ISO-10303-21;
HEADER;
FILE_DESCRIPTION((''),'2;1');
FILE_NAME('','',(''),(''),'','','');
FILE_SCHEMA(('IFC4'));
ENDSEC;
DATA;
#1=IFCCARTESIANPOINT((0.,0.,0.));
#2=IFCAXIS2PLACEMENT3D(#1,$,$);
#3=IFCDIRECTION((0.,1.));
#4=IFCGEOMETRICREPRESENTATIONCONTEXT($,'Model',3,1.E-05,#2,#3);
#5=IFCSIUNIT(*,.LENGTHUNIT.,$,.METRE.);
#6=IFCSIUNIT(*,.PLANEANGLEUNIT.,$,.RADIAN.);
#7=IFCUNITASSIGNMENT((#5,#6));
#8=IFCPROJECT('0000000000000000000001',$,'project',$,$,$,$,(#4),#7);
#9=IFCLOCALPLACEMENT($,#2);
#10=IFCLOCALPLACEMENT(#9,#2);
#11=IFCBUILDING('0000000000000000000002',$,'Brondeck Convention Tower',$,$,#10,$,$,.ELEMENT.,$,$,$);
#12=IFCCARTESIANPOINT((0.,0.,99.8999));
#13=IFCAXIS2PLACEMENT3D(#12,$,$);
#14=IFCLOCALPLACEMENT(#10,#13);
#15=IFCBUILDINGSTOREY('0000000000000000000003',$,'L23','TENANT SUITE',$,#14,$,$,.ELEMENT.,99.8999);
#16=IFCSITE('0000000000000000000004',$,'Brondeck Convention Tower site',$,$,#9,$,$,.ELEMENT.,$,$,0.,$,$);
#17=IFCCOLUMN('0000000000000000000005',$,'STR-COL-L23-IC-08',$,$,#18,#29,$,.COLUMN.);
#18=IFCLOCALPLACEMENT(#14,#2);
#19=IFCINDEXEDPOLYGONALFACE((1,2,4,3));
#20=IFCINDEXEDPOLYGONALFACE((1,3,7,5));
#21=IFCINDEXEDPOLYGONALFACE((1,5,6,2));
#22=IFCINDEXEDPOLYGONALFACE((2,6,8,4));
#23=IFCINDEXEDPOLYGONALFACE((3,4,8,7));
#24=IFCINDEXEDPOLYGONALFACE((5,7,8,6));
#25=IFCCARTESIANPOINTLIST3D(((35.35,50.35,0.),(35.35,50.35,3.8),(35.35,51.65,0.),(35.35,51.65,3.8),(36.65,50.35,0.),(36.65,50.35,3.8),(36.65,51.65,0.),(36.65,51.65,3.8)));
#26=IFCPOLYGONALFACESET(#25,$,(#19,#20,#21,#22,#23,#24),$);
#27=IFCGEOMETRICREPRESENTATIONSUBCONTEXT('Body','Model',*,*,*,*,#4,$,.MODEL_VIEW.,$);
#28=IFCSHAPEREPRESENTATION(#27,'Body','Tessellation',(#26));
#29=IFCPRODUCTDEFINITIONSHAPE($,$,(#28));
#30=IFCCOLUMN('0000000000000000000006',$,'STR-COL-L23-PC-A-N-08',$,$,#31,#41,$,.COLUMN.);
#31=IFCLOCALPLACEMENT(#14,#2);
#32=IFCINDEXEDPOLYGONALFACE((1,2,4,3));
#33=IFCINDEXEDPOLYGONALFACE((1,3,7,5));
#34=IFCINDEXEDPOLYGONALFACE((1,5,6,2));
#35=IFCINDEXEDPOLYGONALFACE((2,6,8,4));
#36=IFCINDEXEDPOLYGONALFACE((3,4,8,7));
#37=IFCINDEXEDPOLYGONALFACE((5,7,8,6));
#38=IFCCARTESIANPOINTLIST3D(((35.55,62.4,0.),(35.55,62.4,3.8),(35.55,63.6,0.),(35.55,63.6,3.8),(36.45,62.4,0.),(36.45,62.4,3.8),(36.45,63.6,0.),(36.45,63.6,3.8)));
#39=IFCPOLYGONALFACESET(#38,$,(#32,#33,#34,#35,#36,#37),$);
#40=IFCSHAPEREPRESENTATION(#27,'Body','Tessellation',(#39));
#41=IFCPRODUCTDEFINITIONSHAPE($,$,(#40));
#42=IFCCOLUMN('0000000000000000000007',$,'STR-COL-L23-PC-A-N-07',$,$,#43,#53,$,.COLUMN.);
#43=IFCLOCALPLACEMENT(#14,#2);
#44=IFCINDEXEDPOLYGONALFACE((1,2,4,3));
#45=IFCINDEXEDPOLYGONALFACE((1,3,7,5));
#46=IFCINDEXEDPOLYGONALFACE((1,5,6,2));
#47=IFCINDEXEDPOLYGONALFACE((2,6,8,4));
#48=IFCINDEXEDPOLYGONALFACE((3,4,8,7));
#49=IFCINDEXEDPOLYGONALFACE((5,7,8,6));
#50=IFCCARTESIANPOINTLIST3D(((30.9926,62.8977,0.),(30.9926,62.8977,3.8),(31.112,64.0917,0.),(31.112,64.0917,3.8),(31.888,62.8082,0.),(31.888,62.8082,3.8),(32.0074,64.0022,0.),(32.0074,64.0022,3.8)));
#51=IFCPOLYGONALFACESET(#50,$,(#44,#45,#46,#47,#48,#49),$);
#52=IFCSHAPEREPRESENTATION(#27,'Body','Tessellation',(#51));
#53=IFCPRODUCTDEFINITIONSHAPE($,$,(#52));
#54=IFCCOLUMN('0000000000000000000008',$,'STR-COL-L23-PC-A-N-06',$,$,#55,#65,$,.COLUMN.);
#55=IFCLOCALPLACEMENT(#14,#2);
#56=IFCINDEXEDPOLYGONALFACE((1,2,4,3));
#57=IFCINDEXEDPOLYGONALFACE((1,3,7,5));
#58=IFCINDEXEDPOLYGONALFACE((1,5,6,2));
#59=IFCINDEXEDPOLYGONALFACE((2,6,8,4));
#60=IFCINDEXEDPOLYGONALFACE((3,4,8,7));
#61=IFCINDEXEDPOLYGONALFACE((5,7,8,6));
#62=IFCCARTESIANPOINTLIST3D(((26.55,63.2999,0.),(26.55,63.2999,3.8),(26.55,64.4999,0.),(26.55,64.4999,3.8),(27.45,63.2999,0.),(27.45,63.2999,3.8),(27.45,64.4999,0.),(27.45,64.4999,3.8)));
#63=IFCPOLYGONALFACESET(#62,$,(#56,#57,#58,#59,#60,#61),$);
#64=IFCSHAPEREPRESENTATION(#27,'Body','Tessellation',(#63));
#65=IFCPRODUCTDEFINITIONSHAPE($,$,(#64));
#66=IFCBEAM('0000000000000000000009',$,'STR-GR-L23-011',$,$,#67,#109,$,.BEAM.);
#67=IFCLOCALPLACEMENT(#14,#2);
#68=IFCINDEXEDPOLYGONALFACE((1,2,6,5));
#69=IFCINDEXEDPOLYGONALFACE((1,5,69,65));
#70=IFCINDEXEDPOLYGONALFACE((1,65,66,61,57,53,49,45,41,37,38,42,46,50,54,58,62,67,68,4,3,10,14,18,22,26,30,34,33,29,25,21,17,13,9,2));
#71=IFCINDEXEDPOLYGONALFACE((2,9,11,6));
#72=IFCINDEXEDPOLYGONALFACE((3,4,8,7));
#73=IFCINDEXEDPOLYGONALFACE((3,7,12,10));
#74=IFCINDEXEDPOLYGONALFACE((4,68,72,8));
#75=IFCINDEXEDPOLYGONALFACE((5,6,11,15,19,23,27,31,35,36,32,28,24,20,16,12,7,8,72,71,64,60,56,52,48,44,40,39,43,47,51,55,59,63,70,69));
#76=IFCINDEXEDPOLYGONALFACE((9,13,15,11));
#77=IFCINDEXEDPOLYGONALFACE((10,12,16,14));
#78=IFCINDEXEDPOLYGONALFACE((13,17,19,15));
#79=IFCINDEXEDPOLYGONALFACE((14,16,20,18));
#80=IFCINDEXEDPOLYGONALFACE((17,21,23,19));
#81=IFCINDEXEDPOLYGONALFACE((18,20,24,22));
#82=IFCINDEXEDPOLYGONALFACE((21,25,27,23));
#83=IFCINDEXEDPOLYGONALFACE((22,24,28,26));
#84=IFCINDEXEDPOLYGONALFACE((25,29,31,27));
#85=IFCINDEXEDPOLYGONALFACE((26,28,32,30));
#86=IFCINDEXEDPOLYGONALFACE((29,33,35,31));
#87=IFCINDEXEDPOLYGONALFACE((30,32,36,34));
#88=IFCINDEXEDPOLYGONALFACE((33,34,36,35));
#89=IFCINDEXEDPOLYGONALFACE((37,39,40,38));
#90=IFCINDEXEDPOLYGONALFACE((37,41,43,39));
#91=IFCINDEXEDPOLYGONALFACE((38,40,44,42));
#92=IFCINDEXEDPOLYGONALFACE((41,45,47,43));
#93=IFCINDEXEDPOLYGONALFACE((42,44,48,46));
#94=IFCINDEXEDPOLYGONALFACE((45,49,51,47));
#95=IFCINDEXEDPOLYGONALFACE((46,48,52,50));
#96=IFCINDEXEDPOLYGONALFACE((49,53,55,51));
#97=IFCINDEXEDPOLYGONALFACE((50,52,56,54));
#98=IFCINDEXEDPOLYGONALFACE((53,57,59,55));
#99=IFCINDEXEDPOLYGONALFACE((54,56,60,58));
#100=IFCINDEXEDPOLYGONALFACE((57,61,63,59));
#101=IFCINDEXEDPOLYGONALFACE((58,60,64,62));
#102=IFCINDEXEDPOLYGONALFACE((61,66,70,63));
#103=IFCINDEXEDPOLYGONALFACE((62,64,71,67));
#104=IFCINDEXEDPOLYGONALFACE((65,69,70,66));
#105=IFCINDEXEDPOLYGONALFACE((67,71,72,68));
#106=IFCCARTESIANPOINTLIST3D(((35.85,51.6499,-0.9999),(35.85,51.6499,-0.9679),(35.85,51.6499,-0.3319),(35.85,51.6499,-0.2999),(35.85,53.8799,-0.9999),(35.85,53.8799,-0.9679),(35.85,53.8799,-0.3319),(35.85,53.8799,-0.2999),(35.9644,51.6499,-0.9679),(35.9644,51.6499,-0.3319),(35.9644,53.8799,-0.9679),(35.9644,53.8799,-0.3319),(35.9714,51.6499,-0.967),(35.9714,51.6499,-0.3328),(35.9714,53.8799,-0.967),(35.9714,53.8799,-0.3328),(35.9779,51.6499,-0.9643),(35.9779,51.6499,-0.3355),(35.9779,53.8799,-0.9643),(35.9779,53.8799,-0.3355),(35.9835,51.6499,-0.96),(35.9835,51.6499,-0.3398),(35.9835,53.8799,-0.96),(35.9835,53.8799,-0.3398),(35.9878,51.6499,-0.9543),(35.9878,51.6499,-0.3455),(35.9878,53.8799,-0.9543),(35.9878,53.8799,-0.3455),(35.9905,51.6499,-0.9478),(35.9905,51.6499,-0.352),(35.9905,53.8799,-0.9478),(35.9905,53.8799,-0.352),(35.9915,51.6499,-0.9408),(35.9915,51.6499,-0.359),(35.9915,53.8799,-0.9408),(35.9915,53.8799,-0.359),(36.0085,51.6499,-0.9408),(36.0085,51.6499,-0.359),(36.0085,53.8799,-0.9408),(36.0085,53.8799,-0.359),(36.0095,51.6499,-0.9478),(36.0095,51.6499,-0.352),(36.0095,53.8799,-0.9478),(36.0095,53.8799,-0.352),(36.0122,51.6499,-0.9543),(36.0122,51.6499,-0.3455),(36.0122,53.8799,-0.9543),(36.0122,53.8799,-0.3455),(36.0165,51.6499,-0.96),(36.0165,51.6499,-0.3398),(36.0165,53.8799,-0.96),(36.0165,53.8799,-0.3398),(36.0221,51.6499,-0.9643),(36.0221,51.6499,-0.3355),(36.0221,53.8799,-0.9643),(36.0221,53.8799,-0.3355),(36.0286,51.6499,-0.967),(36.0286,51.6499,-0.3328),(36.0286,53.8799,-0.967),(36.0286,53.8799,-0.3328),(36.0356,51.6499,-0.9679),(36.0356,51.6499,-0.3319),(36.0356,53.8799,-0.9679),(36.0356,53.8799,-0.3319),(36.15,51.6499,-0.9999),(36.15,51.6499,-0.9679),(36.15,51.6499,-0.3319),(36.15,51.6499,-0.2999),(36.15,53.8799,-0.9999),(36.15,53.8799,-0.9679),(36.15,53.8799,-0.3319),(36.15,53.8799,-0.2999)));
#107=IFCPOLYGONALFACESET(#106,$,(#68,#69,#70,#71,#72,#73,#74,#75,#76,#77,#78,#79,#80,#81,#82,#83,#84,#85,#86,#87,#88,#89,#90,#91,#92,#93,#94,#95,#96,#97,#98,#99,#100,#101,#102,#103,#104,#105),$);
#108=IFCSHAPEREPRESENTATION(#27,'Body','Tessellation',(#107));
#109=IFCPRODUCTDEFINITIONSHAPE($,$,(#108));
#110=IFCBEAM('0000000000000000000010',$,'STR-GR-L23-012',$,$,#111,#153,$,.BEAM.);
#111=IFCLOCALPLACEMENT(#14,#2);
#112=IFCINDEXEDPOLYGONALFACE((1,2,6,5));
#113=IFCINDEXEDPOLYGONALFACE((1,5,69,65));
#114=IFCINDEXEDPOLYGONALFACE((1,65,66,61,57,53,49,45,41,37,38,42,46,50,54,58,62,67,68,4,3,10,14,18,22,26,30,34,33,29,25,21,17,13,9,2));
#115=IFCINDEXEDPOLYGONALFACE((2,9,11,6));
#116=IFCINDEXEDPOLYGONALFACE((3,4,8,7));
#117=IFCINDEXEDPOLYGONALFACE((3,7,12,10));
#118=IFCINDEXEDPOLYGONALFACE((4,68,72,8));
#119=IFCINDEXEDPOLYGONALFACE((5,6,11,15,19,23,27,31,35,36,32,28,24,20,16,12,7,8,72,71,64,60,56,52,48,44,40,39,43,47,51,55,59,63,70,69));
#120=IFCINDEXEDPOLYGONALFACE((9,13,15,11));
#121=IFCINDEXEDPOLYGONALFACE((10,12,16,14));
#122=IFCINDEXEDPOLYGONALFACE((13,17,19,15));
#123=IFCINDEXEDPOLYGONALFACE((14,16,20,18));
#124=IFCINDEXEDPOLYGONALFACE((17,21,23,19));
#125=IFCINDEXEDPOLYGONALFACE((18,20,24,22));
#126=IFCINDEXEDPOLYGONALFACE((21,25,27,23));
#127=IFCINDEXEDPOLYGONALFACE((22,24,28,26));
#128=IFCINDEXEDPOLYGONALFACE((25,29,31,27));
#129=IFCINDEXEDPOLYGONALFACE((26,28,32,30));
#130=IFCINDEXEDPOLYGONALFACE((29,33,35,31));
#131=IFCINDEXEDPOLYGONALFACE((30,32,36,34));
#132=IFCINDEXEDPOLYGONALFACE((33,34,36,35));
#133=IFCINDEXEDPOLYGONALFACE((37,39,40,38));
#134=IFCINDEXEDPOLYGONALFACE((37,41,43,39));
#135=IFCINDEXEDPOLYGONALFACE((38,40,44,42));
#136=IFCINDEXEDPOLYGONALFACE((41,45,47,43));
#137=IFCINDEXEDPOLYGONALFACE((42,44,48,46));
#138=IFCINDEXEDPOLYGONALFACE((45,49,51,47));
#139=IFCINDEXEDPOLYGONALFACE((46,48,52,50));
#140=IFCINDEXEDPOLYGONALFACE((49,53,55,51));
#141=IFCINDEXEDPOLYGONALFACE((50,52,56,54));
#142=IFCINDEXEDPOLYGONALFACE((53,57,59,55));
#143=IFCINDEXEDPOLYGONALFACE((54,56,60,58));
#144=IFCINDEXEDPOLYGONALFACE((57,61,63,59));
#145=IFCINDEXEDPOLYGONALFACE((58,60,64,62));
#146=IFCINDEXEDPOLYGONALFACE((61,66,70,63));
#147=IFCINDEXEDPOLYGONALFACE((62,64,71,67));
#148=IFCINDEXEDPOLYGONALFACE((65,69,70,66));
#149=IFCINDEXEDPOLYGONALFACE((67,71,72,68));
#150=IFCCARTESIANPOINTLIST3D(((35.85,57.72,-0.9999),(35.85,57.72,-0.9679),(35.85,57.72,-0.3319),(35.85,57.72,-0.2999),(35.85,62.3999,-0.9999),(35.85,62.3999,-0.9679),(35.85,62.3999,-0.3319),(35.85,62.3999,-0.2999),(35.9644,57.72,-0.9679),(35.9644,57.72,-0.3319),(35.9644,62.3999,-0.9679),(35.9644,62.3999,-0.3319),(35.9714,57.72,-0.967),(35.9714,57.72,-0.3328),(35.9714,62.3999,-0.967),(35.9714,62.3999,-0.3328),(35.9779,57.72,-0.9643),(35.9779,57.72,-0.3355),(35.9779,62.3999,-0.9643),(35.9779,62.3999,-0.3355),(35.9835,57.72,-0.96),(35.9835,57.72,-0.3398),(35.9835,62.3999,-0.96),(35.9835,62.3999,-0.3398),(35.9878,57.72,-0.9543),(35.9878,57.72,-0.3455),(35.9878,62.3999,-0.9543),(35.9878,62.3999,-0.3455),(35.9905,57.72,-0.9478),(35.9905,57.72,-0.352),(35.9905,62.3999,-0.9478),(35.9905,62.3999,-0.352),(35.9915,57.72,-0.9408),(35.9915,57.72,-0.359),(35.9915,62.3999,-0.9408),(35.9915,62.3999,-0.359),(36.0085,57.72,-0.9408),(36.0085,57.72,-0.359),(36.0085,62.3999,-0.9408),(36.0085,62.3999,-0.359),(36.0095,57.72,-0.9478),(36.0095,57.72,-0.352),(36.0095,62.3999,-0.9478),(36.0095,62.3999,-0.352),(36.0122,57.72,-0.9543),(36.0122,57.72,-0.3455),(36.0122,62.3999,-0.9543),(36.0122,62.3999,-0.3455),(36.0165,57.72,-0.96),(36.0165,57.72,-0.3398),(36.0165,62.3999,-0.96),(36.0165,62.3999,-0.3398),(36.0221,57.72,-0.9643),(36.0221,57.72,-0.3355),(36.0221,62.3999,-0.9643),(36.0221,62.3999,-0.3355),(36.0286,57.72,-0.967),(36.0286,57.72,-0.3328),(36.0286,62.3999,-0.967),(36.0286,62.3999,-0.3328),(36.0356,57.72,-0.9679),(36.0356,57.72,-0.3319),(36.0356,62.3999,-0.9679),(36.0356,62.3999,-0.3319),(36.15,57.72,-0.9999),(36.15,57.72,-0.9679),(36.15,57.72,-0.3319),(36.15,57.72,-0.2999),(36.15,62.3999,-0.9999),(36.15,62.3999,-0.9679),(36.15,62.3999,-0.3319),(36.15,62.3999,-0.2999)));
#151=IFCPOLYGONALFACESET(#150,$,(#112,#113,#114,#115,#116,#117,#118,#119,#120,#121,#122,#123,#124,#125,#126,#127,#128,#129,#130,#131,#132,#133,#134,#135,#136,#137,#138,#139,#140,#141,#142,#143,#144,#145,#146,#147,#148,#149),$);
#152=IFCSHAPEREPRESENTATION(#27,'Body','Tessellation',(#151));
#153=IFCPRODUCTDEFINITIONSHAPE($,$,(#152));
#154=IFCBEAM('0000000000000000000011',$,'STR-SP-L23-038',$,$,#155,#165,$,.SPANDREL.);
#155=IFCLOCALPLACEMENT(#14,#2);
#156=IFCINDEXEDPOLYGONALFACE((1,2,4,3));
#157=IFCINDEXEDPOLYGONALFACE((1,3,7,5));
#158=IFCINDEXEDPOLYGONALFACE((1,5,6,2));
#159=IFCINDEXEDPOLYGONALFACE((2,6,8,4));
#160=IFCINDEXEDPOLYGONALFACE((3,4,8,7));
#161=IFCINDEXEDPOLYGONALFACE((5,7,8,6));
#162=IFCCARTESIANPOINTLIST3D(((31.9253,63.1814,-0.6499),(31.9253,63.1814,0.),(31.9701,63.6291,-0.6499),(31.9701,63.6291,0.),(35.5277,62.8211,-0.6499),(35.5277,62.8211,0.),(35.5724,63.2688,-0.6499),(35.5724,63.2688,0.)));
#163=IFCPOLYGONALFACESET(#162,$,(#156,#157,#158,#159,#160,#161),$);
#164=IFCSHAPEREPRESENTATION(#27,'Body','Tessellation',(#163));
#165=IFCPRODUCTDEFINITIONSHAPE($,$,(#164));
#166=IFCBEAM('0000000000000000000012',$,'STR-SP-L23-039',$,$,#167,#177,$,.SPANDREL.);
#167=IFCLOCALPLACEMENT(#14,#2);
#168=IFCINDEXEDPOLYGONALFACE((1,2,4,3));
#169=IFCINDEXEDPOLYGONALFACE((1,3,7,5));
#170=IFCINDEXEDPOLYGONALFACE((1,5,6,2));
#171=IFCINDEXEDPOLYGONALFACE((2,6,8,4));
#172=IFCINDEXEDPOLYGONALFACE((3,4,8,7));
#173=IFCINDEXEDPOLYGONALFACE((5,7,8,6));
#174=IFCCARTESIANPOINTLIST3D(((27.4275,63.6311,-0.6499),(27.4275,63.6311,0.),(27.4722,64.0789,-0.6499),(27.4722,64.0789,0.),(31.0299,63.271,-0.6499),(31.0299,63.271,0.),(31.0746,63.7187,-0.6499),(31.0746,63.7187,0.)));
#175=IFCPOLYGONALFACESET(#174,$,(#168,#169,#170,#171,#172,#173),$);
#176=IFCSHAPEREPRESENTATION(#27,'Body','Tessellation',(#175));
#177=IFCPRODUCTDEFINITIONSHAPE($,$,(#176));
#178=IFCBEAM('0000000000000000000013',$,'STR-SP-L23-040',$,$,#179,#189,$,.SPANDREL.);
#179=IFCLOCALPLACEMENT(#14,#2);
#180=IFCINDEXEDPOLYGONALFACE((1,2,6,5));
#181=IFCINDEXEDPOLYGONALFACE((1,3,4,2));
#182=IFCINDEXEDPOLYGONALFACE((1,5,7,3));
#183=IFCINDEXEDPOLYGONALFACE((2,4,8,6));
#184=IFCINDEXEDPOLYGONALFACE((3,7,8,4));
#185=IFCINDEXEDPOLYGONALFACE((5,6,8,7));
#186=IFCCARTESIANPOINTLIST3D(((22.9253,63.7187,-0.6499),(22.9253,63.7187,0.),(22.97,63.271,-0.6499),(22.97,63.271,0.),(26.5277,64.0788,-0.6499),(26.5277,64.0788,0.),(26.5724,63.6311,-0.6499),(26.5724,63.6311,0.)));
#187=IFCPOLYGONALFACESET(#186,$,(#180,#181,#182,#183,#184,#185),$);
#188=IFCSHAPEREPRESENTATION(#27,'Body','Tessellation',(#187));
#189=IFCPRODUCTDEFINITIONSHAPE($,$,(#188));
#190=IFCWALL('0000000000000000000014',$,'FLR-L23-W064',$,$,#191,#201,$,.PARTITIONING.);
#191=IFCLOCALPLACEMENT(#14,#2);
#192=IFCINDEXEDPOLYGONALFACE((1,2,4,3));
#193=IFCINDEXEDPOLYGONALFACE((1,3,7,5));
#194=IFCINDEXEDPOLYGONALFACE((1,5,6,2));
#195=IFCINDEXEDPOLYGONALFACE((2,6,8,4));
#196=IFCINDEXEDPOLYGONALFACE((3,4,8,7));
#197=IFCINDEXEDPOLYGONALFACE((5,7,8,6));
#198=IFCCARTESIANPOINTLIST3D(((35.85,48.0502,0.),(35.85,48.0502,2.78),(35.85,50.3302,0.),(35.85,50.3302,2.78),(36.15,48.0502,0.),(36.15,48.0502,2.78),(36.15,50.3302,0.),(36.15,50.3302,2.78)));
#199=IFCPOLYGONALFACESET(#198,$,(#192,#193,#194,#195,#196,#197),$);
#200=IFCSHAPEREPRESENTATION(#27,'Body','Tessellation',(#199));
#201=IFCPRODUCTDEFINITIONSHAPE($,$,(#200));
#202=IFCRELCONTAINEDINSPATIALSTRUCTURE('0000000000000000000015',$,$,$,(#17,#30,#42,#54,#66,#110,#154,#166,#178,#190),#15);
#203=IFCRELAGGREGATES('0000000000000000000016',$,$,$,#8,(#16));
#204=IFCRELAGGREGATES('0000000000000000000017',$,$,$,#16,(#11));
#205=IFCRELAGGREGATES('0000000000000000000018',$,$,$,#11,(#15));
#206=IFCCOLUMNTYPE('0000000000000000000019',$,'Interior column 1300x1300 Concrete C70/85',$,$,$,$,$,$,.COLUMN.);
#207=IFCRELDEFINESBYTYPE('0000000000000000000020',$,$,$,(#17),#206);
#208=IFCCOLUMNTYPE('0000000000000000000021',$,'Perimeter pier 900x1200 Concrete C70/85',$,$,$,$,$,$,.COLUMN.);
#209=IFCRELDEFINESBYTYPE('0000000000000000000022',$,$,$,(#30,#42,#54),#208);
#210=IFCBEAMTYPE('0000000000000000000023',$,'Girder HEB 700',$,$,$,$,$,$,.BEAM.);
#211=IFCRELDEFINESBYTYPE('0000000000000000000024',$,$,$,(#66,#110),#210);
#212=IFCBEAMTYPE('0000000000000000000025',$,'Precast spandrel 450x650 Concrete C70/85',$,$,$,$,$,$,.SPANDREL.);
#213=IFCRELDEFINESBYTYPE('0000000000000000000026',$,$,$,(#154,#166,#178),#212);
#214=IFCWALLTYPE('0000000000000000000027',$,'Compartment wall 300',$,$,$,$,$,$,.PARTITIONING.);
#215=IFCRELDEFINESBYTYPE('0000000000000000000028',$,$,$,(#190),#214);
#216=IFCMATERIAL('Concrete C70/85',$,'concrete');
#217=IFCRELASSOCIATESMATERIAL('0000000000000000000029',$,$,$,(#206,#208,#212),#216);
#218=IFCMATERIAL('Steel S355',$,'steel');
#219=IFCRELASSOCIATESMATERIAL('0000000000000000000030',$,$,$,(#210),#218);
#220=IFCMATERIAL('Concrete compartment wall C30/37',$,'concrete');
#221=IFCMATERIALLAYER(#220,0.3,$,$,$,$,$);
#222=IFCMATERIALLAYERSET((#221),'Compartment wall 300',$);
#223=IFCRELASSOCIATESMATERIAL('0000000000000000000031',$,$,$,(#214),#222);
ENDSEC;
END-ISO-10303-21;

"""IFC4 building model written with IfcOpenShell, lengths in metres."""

from ifc_helpers import new_model, si_unit, direction, frame, frame_2d, origin, origin_2d, place, context, subcontext, project, spatial, rectangle, i_section, extrude, material, layer, layer_set, material_profile, profile_set, type_object, element, save


model = new_model("IFC4")

# Units and contexts
model_context = context("Model", 3, precision=1e-05, world=origin(), true_north=direction((0.0, 1.0)))
body_context = subcontext(model_context, "Body", "Model", "MODEL_VIEW")
ifc_project = project(units=[si_unit("LENGTHUNIT", "METRE"), si_unit("PLANEANGLEUNIT", "RADIAN")], contexts=[model_context])

# Site, building, storey
site_placement = place(None, origin())
site = spatial("IfcSite", under=ifc_project, at=site_placement, Name="Brondeck Convention Tower site", CompositionType="ELEMENT", RefElevation=0.0)
building_placement = place(site_placement, origin())
building = spatial("IfcBuilding", under=site, at=building_placement, Name="Brondeck Convention Tower", CompositionType="ELEMENT")
storey_placement = place(building_placement, frame((0.0, 0.0, 99.8999)))
storey = spatial("IfcBuildingStorey", under=building, at=storey_placement, Name="L23", Description="TENANT SUITE", CompositionType="ELEMENT", Elevation=99.8999)

# Columns
ifc_material_1 = material(Name="Concrete C70/85", Category="concrete")
ifc_material_profile_1 = material_profile(ifc_material_1, rectangle(XDim=1.3, YDim=1.3, at=origin_2d()), Name="Interior column 1300x1300 Concrete C70/85")
ifc_profile_set_1 = profile_set([ifc_material_profile_1], Name="Concrete C70/85")
column_type_1 = type_object("IfcColumnType", Name="Interior column 1300x1300 Concrete C70/85", PredefinedType="COLUMN", material=ifc_profile_set_1)
column_placement = place(storey_placement, frame((36.0, 51.0, 0.0), z_axis=(0.0, 0.0, 1.0), x_axis=(1.0, 0.0, 0.0)))
element("IfcColumn", 1, at=column_placement, inside=storey, type_object=column_type_1, Name="STR-COL-L23-IC-08", PredefinedType="COLUMN", context=body_context, shape_type="SweptSolid", body=[
    extrude(rectangle(XDim=1.3, YDim=1.3, at=origin_2d()), origin(), (0.0, 0.0, 1.0), 3.8),
])
ifc_material_profile_2 = material_profile(ifc_material_1, rectangle(XDim=0.8999, YDim=1.2, at=origin_2d()), Name="Perimeter pier 900x1200 Concrete C70/85")
ifc_profile_set_2 = profile_set([ifc_material_profile_2], Name="Concrete C70/85")
column_type_2 = type_object("IfcColumnType", Name="Perimeter pier 900x1200 Concrete C70/85", PredefinedType="COLUMN", material=ifc_profile_set_2)
for number, where, z_axis, x_axis, name in (
    (2, (36.0, 63.0, 0.0), (0.0, 0.0, 1.0), (-1.0, 0.0, 0.0), "STR-COL-L23-PC-A-N-08"),
    (3, (31.5, 63.45, 0.0), (0.0, 0.0, 1.0), (-0.995037, 0.099504, 0.0), "STR-COL-L23-PC-A-N-07"),
    (4, (27.0, 63.8999, 0.0), (0.0, 0.0, 1.0), (-1.0, 0.0, 0.0), "STR-COL-L23-PC-A-N-06"),
):
    element("IfcColumn", number, at=place(storey_placement, frame(where, z_axis=z_axis, x_axis=x_axis)), inside=storey, type_object=column_type_2, Name=name, PredefinedType="COLUMN", context=body_context, shape_type="SweptSolid", body=[
        extrude(rectangle(XDim=0.8999, YDim=1.2, at=origin_2d()), origin(), (0.0, 0.0, 1.0), 3.8),
    ])

# Beams
ifc_material_2 = material(Name="Steel S355", Category="steel")
ifc_material_profile_3 = material_profile(ifc_material_2, i_section(OverallWidth=0.3, OverallDepth=0.7, WebThickness=0.0171, FlangeThickness=0.032, FilletRadius=0.0271, at=origin_2d()), Name="HEB 700")
ifc_profile_set_3 = profile_set([ifc_material_profile_3], Name="Steel S355")
beam_type_1 = type_object("IfcBeamType", Name="Girder HEB 700", PredefinedType="BEAM", material=ifc_profile_set_3)
beam_1_placement = place(storey_placement, frame((36.0, 51.6499, -0.6499), z_axis=(0.0, 1.0, 0.0), x_axis=(-1.0, 0.0, 0.0)))
element("IfcBeam", 5, at=beam_1_placement, inside=storey, type_object=beam_type_1, Name="STR-GR-L23-011", PredefinedType="BEAM", context=body_context, shape_type="SweptSolid", body=[
    extrude(i_section(OverallWidth=0.3, OverallDepth=0.7, WebThickness=0.0171, FlangeThickness=0.032, FilletRadius=0.0271, at=origin_2d()), origin(), (0.0, 0.0, 1.0), 2.23),
])
beam_2_placement = place(storey_placement, frame((36.0, 57.72, -0.6499), z_axis=(0.0, 1.0, 0.0), x_axis=(-1.0, 0.0, 0.0)))
element("IfcBeam", 6, at=beam_2_placement, inside=storey, type_object=beam_type_1, Name="STR-GR-L23-012", PredefinedType="BEAM", context=body_context, shape_type="SweptSolid", body=[
    extrude(i_section(OverallWidth=0.3, OverallDepth=0.7, WebThickness=0.0171, FlangeThickness=0.032, FilletRadius=0.0271, at=origin_2d()), origin(), (0.0, 0.0, 1.0), 4.6799),
])
ifc_material_profile_4 = material_profile(ifc_material_1, rectangle(XDim=0.45, YDim=0.6499, at=origin_2d()), Name="Precast spandrel 450x650 Concrete C70/85")
ifc_profile_set_4 = profile_set([ifc_material_profile_4], Name="Concrete C70/85")
beam_type_2 = type_object("IfcBeamType", Name="Precast spandrel 450x650 Concrete C70/85", PredefinedType="SPANDREL", material=ifc_profile_set_4)
for number, where, z_axis, x_axis, name in (
    (7, (35.55, 63.0449, -0.325), (-0.995034, 0.099537, 0.0), (-0.099537, -0.995034, 0.0), "STR-SP-L23-038"),
    (8, (31.0522, 63.4949, -0.325), (-0.995041, 0.09947, 0.0), (-0.09947, -0.995041, 0.0), "STR-SP-L23-039"),
    (9, (26.55, 63.855, -0.325), (-0.995041, -0.09947, 0.0), (0.09947, -0.995041, 0.0), "STR-SP-L23-040"),
):
    element("IfcBeam", number, at=place(storey_placement, frame(where, z_axis=z_axis, x_axis=x_axis)), inside=storey, type_object=beam_type_2, Name=name, PredefinedType="SPANDREL", context=body_context, shape_type="SweptSolid", body=[
        extrude(rectangle(XDim=0.45, YDim=0.6499, at=origin_2d()), origin(), (0.0, 0.0, 1.0), 3.6204),
    ])

# Wall
ifc_material_3 = material(Name="Concrete compartment wall C30/37", Category="concrete")
ifc_layer_1 = layer(ifc_material_3, 0.3)
ifc_layer_set_1 = layer_set([ifc_layer_1], Name="Compartment wall 300")
wall_type_1 = type_object("IfcWallType", Name="Compartment wall 300", PredefinedType="PARTITIONING", material=ifc_layer_set_1)
wall_1_placement = place(storey_placement, frame((36.0, 48.05, 0.0), z_axis=(0.0, 0.0, 1.0), x_axis=(0.0, 1.0, 0.0)))
element("IfcWall", 10, at=wall_1_placement, inside=storey, type_object=wall_type_1, Name="FLR-L23-W064", PredefinedType="PARTITIONING", context=body_context, shape_type="SweptSolid", body=[
    extrude(rectangle(XDim=2.28, YDim=0.3, at=frame_2d((1.1401, 0.0))), origin(), (0.0, 0.0, 1.0), 2.78),
])

save(model, "model.ifc")
